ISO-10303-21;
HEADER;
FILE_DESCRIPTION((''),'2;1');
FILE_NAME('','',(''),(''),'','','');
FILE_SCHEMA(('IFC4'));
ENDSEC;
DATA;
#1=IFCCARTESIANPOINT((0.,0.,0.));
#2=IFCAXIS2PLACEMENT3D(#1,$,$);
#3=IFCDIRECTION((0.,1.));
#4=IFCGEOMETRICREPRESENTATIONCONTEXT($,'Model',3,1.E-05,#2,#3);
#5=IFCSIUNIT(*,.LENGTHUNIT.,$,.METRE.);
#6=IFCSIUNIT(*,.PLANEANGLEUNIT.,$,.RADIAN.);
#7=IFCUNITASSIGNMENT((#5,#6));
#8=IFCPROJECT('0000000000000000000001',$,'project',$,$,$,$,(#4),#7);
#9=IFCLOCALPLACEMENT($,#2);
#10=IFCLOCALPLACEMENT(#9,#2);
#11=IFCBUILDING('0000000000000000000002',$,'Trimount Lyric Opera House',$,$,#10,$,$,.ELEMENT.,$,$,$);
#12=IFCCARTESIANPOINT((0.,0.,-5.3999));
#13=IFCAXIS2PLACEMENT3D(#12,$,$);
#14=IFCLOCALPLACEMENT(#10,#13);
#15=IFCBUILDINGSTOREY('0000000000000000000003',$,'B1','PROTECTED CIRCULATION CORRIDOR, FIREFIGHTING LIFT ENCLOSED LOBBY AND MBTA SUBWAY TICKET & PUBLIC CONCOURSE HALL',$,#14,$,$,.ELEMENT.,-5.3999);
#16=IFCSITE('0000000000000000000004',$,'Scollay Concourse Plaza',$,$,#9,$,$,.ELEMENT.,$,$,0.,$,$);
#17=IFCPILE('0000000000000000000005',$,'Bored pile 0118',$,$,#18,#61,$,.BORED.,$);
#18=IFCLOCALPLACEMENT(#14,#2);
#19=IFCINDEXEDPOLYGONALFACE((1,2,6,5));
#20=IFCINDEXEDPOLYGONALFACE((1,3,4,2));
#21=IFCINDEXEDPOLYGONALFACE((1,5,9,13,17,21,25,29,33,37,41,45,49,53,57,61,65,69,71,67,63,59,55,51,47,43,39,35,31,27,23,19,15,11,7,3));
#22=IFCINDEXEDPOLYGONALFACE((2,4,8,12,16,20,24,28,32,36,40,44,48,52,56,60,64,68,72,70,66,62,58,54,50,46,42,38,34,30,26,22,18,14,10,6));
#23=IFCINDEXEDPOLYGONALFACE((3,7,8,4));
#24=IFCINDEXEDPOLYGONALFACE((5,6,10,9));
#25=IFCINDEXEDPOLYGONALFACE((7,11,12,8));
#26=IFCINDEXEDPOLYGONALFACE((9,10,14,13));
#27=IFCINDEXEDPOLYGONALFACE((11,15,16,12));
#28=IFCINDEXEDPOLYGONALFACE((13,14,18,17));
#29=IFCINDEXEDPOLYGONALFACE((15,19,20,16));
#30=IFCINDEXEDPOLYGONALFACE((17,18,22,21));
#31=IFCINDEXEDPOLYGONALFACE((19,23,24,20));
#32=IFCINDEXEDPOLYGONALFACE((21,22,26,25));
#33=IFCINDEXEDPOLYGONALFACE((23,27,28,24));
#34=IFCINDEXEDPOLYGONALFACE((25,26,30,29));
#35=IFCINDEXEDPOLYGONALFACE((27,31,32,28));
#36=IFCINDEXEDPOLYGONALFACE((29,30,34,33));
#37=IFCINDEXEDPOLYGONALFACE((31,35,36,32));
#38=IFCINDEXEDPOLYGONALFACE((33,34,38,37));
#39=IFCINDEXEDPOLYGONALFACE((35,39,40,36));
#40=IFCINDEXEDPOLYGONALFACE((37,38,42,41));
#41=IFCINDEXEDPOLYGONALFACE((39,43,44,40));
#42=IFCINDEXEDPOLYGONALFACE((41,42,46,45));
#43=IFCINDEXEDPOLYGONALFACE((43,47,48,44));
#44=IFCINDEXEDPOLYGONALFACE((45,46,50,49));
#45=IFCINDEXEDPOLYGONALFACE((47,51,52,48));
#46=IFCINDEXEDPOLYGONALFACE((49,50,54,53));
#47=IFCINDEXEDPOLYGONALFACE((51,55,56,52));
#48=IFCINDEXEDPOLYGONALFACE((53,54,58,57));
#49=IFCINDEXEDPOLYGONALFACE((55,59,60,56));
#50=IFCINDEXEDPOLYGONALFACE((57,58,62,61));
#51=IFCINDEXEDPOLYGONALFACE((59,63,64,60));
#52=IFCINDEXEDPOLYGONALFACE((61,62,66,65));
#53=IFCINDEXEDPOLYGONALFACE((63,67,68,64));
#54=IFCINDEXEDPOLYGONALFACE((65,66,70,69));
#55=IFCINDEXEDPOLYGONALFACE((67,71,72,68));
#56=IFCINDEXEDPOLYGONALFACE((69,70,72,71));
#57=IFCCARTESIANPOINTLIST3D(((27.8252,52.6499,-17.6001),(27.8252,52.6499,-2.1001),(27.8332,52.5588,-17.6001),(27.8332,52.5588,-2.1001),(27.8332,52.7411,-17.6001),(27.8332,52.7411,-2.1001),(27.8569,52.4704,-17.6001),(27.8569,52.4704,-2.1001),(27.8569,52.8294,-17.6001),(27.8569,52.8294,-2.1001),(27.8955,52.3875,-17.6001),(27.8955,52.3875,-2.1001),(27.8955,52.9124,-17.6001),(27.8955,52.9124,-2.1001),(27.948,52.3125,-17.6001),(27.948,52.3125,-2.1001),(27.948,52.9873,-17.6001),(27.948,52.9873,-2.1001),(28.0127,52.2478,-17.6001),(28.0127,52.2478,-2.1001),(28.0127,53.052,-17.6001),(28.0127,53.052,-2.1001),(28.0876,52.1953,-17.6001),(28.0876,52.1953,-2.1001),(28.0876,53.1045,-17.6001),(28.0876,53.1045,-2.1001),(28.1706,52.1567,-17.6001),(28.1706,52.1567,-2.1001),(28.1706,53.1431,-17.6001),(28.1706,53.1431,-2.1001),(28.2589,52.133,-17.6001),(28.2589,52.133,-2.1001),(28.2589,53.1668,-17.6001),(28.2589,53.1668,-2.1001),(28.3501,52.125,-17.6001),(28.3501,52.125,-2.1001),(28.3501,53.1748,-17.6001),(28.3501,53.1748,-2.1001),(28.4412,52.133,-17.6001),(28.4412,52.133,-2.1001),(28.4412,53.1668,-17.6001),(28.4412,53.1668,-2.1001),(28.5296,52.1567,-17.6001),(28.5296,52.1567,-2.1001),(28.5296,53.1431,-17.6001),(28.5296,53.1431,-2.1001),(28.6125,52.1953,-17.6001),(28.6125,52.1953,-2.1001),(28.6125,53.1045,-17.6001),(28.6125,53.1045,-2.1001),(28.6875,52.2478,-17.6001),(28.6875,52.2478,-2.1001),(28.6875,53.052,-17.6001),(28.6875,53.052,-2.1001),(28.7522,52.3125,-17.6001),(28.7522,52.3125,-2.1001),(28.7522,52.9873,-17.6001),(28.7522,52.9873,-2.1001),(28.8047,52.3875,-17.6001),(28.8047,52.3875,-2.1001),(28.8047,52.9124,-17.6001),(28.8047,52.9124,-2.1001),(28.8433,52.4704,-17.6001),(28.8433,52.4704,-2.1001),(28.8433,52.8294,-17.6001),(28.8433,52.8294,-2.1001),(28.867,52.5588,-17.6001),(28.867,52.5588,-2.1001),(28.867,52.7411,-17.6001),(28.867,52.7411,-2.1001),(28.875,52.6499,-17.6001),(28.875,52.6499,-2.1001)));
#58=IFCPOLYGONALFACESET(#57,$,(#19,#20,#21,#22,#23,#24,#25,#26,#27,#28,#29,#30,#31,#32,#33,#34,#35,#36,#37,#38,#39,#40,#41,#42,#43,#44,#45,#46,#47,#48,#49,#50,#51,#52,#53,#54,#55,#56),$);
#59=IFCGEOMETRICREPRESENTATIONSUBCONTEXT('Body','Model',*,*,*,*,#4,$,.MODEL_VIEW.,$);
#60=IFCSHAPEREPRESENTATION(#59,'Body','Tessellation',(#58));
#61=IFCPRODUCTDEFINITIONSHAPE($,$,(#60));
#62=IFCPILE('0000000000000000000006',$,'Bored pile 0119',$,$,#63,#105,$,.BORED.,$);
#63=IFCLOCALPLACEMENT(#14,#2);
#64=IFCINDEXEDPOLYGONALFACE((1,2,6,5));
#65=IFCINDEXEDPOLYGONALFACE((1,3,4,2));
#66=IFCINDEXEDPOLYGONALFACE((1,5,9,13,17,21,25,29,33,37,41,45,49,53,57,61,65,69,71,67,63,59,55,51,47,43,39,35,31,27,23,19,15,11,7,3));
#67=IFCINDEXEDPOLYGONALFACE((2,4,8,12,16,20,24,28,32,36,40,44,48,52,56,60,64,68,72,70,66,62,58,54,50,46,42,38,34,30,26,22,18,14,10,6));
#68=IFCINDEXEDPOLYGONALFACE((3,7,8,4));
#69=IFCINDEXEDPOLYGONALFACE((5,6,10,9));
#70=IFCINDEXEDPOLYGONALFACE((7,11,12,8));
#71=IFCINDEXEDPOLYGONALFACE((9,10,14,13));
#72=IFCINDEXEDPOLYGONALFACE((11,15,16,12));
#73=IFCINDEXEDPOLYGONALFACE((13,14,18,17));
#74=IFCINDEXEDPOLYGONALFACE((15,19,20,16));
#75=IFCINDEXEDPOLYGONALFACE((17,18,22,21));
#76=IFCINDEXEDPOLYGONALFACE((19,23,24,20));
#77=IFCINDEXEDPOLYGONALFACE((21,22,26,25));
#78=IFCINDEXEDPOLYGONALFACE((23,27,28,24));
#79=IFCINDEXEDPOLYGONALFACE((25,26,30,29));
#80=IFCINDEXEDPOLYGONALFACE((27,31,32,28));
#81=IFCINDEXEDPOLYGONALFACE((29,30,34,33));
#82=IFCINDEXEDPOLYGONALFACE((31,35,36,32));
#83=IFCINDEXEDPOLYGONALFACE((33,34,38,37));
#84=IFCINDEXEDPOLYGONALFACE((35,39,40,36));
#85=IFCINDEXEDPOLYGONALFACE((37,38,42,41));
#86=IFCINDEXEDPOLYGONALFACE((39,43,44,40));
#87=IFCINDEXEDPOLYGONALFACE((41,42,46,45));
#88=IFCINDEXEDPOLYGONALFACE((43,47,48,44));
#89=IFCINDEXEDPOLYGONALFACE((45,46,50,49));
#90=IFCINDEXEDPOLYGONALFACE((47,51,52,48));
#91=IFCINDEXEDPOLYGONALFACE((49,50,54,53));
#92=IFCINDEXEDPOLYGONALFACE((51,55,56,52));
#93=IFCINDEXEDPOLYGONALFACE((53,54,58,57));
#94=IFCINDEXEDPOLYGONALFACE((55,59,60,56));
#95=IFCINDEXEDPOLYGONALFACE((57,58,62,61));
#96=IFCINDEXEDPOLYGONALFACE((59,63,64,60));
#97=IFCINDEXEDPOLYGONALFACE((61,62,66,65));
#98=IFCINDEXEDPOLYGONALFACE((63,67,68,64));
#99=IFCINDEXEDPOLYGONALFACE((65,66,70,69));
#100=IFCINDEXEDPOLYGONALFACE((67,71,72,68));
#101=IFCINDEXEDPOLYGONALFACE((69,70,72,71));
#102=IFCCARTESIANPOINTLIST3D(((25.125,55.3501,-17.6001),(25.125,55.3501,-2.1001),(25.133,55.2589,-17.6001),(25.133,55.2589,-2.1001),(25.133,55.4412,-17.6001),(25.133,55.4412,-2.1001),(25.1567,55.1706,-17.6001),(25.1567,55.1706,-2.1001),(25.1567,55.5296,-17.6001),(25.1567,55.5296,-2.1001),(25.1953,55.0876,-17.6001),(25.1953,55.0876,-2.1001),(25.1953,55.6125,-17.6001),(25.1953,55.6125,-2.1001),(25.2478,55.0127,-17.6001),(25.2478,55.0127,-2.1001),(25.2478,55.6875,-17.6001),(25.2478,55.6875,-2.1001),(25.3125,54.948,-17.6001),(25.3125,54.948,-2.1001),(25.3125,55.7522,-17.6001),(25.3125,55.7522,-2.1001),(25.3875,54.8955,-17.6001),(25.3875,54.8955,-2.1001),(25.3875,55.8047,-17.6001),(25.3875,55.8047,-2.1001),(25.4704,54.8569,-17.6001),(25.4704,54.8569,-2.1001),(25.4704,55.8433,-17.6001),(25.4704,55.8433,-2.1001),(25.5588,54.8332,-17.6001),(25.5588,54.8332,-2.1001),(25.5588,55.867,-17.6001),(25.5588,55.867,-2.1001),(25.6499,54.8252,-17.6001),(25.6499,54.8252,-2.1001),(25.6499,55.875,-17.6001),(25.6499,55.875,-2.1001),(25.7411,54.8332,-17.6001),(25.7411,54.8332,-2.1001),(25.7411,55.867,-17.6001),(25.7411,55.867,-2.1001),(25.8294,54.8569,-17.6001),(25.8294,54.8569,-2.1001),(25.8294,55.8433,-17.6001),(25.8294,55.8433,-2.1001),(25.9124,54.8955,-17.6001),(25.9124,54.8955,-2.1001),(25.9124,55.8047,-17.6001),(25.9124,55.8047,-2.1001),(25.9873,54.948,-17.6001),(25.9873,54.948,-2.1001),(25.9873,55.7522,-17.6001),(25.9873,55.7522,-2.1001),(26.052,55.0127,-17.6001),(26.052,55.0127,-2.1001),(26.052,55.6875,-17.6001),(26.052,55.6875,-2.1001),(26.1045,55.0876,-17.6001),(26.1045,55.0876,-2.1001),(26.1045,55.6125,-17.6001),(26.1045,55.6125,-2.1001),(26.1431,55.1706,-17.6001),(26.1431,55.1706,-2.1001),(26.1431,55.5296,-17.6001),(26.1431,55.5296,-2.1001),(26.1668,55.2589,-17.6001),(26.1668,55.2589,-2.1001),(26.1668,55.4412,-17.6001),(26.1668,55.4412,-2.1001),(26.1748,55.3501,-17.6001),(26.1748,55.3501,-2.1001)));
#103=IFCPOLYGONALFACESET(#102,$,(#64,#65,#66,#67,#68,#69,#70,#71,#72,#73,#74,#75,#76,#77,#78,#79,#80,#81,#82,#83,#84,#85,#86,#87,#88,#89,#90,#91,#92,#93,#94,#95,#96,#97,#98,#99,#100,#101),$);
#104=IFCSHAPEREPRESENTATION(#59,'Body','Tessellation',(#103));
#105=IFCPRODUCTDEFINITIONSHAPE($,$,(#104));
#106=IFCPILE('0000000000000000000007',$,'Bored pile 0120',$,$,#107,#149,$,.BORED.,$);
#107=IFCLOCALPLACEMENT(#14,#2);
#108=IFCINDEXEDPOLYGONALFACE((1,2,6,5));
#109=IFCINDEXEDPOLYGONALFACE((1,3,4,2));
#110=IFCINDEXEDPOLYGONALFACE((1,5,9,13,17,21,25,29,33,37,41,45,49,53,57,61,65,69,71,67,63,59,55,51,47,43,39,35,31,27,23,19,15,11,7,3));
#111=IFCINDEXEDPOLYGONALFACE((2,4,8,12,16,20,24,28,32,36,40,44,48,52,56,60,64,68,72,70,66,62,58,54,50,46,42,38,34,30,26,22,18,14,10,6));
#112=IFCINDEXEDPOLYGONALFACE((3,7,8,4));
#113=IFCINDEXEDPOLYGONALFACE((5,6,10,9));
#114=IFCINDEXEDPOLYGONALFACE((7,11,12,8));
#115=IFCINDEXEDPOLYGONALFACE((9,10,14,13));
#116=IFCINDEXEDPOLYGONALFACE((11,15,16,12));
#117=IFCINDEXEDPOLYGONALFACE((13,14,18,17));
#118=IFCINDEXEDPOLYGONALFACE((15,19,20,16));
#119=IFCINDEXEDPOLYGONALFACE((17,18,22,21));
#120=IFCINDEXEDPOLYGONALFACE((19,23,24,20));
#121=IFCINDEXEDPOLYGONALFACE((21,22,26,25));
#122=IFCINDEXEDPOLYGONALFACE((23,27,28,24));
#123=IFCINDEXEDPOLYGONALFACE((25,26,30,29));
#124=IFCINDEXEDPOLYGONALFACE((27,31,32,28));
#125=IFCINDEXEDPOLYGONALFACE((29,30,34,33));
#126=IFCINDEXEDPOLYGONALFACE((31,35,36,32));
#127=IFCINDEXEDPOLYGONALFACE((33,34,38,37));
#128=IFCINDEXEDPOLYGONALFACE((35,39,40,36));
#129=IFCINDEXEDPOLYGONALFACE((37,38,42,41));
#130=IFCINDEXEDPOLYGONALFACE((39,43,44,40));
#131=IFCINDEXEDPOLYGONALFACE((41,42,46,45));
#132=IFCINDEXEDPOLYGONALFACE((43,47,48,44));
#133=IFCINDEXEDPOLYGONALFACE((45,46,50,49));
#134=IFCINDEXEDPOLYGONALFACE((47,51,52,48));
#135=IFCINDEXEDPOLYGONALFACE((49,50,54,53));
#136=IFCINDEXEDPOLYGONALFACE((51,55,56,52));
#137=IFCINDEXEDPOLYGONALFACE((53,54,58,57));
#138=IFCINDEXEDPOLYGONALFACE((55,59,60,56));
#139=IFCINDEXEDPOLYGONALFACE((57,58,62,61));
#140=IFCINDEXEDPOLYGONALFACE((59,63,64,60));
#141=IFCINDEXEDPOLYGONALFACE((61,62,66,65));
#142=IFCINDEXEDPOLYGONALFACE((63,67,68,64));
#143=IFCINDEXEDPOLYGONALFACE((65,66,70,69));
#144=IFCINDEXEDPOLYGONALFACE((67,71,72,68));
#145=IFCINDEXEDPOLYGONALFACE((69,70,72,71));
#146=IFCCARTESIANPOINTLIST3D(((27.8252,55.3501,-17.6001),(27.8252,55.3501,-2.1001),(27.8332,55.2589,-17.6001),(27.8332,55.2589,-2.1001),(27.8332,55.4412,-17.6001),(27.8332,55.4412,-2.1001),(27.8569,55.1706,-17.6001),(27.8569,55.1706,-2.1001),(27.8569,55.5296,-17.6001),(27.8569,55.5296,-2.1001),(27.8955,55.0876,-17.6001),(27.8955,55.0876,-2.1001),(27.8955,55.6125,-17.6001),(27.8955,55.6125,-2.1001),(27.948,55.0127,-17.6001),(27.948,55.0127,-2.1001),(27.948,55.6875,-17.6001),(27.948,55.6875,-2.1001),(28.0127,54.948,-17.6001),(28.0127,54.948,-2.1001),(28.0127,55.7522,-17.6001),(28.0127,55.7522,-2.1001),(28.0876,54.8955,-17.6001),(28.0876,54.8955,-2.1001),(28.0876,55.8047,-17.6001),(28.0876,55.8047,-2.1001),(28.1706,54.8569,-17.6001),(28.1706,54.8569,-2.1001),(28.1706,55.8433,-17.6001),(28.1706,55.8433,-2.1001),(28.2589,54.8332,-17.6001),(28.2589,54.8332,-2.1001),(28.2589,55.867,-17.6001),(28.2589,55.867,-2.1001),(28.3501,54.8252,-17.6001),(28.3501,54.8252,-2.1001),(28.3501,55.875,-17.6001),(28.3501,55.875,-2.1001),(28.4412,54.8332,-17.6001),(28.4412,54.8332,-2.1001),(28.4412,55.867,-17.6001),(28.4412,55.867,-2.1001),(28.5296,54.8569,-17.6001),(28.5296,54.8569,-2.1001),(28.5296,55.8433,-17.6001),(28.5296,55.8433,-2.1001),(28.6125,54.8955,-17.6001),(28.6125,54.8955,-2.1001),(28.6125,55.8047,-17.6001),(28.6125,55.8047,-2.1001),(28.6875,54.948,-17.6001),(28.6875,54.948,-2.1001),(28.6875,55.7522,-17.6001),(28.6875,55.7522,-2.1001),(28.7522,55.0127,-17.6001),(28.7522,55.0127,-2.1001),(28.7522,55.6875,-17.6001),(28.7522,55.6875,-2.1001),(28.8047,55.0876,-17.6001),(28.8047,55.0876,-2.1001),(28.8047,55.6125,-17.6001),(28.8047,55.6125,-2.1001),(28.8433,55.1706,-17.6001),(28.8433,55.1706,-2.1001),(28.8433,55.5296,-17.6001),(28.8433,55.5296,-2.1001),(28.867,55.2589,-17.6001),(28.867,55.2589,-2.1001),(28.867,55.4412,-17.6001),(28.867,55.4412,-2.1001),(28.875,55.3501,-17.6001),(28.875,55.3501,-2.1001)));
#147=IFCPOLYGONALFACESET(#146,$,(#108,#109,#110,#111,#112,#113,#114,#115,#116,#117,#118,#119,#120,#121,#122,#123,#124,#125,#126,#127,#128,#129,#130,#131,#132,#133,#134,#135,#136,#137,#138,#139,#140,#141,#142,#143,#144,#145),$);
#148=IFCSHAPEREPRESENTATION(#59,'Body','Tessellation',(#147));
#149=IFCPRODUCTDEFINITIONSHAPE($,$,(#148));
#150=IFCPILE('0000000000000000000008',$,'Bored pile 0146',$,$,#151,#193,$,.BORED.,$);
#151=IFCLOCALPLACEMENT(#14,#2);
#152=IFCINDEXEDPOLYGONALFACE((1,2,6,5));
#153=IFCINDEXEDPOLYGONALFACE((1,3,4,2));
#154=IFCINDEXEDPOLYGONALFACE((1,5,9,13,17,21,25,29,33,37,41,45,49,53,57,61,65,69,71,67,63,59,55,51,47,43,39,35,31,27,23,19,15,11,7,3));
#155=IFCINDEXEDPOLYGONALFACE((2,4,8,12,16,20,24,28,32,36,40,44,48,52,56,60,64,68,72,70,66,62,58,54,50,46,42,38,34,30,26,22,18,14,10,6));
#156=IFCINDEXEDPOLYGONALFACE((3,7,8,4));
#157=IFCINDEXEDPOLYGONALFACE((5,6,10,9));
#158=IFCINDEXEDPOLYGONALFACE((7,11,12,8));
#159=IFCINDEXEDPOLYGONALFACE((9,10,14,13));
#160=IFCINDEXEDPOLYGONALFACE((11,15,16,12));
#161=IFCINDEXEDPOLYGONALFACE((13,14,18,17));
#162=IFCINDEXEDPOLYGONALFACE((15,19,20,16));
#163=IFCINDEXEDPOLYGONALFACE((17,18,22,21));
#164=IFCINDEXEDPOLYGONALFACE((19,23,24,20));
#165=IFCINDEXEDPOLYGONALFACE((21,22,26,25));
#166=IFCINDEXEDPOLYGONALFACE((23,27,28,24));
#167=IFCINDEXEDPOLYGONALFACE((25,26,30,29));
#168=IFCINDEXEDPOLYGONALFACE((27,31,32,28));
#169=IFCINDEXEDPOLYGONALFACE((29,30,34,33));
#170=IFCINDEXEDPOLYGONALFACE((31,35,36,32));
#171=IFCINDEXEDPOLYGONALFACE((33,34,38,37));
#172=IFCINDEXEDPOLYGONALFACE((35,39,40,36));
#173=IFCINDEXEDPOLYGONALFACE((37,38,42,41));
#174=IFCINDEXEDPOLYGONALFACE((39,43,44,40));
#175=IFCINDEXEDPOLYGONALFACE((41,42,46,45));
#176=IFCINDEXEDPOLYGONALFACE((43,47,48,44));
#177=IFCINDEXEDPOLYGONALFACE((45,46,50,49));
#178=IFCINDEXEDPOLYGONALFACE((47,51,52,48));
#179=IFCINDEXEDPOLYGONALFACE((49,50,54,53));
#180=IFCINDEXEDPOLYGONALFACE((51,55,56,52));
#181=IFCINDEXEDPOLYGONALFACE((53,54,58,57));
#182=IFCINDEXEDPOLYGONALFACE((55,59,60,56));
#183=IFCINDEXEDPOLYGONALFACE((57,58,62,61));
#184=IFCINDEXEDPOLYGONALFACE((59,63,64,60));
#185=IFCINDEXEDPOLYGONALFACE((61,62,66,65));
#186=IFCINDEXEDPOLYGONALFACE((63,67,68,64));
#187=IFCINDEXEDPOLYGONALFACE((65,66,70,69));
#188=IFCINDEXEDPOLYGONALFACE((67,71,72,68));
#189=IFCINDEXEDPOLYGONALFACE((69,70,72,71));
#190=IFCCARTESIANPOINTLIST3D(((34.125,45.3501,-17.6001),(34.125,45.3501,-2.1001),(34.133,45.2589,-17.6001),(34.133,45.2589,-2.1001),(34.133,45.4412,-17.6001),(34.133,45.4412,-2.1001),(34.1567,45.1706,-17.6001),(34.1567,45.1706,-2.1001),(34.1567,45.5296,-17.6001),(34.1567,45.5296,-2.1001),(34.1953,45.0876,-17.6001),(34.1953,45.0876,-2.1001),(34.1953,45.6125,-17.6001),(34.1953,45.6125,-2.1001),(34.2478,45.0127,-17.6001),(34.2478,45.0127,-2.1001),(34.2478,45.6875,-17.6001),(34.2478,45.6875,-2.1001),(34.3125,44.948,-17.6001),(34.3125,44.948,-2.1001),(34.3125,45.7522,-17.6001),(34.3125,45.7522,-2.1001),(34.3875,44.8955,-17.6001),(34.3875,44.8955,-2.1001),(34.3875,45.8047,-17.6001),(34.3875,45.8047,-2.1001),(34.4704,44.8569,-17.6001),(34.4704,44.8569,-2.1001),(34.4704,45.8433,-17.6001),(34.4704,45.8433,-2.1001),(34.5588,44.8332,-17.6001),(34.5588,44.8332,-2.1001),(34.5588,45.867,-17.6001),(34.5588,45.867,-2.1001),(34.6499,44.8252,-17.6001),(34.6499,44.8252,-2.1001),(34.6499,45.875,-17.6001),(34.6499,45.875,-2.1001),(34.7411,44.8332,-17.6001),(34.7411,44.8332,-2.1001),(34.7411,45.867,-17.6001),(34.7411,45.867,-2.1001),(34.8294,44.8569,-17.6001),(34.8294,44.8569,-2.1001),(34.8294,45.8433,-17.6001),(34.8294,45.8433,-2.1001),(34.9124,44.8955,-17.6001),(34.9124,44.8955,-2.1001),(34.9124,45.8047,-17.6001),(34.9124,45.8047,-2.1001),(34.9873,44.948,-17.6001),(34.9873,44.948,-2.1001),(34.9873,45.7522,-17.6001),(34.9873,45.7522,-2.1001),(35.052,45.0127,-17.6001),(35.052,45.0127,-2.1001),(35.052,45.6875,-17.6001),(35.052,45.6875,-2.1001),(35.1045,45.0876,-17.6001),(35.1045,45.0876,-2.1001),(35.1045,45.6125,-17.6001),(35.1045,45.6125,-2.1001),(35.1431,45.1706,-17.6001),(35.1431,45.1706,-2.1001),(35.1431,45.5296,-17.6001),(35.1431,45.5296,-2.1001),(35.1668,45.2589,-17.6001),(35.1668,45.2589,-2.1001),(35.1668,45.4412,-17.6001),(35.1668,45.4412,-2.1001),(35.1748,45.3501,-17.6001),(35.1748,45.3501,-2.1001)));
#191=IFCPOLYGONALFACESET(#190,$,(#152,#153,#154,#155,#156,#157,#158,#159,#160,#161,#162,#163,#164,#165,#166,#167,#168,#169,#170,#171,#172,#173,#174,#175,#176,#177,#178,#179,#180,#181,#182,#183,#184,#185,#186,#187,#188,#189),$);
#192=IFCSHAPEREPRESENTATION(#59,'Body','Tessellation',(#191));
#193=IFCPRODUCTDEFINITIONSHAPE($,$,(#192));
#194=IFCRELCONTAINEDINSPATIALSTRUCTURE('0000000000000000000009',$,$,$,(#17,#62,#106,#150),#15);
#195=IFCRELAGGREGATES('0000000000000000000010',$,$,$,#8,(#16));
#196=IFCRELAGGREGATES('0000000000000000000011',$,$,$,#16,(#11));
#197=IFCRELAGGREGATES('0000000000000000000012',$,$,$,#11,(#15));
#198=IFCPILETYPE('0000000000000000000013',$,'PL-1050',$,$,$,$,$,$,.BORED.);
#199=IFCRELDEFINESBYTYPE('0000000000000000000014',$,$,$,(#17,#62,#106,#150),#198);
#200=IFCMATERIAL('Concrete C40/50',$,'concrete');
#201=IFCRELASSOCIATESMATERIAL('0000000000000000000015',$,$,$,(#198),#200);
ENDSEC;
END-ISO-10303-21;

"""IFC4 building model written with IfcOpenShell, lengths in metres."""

from ifc_helpers import new_model, si_unit, direction, frame, origin, origin_2d, place, context, subcontext, project, spatial, circle, extrude, material, material_profile, profile_set, type_object, element, save


model = new_model("IFC4")

# Units and contexts
model_context = context("Model", 3, precision=1e-05, world=origin(), true_north=direction((0.0, 1.0)))
body_context = subcontext(model_context, "Body", "Model", "MODEL_VIEW")
ifc_project = project(units=[si_unit("LENGTHUNIT", "METRE"), si_unit("PLANEANGLEUNIT", "RADIAN")], contexts=[model_context])

# Site, building, storey
site_placement = place(None, origin())
site = spatial("IfcSite", under=ifc_project, at=site_placement, Name="Scollay Concourse Plaza", CompositionType="ELEMENT", RefElevation=0.0)
building_placement = place(site_placement, origin())
building = spatial("IfcBuilding", under=site, at=building_placement, Name="Trimount Lyric Opera House", CompositionType="ELEMENT")
storey_placement = place(building_placement, frame((0.0, 0.0, -5.3999)))
storey = spatial("IfcBuildingStorey", under=building, at=storey_placement, Name="B1", Description="PROTECTED CIRCULATION CORRIDOR, FIREFIGHTING LIFT ENCLOSED LOBBY AND MBTA SUBWAY TICKET & PUBLIC CONCOURSE HALL", CompositionType="ELEMENT", Elevation=-5.3999)

# Piles
ifc_material_1 = material(Name="Concrete C40/50", Category="concrete")
ifc_material_profile_1 = material_profile(ifc_material_1, circle(Radius=0.5249, at=origin_2d()), Name="PILE-D1050")
ifc_profile_set_1 = profile_set([ifc_material_profile_1], Name="Concrete C40/50")
pile_type_1 = type_object("IfcPileType", Name="PL-1050", PredefinedType="BORED", material=ifc_profile_set_1)
for number, where, z_axis, x_axis, name in (
    (1, (28.3501, 52.6499, -2.1001), (0.0, 0.0, -1.0), (1.0, 0.0, 0.0), "Bored pile 0118"),
    (2, (25.6499, 55.3501, -2.1001), (0.0, 0.0, -1.0), (1.0, 0.0, 0.0), "Bored pile 0119"),
    (3, (28.3501, 55.3501, -2.1001), (0.0, 0.0, -1.0), (1.0, 0.0, 0.0), "Bored pile 0120"),
    (4, (34.6499, 45.3501, -2.1001), (0.0, 0.0, -1.0), (1.0, 0.0, 0.0), "Bored pile 0146"),
):
    element("IfcPile", number, at=place(storey_placement, frame(where, z_axis=z_axis, x_axis=x_axis)), inside=storey, type_object=pile_type_1, Name=name, PredefinedType="BORED", context=body_context, shape_type="SweptSolid", body=[
        extrude(circle(Radius=0.5249, at=origin_2d()), origin(), (0.0, 0.0, 1.0), 15.5),
    ])

save(model, "model.ifc")
